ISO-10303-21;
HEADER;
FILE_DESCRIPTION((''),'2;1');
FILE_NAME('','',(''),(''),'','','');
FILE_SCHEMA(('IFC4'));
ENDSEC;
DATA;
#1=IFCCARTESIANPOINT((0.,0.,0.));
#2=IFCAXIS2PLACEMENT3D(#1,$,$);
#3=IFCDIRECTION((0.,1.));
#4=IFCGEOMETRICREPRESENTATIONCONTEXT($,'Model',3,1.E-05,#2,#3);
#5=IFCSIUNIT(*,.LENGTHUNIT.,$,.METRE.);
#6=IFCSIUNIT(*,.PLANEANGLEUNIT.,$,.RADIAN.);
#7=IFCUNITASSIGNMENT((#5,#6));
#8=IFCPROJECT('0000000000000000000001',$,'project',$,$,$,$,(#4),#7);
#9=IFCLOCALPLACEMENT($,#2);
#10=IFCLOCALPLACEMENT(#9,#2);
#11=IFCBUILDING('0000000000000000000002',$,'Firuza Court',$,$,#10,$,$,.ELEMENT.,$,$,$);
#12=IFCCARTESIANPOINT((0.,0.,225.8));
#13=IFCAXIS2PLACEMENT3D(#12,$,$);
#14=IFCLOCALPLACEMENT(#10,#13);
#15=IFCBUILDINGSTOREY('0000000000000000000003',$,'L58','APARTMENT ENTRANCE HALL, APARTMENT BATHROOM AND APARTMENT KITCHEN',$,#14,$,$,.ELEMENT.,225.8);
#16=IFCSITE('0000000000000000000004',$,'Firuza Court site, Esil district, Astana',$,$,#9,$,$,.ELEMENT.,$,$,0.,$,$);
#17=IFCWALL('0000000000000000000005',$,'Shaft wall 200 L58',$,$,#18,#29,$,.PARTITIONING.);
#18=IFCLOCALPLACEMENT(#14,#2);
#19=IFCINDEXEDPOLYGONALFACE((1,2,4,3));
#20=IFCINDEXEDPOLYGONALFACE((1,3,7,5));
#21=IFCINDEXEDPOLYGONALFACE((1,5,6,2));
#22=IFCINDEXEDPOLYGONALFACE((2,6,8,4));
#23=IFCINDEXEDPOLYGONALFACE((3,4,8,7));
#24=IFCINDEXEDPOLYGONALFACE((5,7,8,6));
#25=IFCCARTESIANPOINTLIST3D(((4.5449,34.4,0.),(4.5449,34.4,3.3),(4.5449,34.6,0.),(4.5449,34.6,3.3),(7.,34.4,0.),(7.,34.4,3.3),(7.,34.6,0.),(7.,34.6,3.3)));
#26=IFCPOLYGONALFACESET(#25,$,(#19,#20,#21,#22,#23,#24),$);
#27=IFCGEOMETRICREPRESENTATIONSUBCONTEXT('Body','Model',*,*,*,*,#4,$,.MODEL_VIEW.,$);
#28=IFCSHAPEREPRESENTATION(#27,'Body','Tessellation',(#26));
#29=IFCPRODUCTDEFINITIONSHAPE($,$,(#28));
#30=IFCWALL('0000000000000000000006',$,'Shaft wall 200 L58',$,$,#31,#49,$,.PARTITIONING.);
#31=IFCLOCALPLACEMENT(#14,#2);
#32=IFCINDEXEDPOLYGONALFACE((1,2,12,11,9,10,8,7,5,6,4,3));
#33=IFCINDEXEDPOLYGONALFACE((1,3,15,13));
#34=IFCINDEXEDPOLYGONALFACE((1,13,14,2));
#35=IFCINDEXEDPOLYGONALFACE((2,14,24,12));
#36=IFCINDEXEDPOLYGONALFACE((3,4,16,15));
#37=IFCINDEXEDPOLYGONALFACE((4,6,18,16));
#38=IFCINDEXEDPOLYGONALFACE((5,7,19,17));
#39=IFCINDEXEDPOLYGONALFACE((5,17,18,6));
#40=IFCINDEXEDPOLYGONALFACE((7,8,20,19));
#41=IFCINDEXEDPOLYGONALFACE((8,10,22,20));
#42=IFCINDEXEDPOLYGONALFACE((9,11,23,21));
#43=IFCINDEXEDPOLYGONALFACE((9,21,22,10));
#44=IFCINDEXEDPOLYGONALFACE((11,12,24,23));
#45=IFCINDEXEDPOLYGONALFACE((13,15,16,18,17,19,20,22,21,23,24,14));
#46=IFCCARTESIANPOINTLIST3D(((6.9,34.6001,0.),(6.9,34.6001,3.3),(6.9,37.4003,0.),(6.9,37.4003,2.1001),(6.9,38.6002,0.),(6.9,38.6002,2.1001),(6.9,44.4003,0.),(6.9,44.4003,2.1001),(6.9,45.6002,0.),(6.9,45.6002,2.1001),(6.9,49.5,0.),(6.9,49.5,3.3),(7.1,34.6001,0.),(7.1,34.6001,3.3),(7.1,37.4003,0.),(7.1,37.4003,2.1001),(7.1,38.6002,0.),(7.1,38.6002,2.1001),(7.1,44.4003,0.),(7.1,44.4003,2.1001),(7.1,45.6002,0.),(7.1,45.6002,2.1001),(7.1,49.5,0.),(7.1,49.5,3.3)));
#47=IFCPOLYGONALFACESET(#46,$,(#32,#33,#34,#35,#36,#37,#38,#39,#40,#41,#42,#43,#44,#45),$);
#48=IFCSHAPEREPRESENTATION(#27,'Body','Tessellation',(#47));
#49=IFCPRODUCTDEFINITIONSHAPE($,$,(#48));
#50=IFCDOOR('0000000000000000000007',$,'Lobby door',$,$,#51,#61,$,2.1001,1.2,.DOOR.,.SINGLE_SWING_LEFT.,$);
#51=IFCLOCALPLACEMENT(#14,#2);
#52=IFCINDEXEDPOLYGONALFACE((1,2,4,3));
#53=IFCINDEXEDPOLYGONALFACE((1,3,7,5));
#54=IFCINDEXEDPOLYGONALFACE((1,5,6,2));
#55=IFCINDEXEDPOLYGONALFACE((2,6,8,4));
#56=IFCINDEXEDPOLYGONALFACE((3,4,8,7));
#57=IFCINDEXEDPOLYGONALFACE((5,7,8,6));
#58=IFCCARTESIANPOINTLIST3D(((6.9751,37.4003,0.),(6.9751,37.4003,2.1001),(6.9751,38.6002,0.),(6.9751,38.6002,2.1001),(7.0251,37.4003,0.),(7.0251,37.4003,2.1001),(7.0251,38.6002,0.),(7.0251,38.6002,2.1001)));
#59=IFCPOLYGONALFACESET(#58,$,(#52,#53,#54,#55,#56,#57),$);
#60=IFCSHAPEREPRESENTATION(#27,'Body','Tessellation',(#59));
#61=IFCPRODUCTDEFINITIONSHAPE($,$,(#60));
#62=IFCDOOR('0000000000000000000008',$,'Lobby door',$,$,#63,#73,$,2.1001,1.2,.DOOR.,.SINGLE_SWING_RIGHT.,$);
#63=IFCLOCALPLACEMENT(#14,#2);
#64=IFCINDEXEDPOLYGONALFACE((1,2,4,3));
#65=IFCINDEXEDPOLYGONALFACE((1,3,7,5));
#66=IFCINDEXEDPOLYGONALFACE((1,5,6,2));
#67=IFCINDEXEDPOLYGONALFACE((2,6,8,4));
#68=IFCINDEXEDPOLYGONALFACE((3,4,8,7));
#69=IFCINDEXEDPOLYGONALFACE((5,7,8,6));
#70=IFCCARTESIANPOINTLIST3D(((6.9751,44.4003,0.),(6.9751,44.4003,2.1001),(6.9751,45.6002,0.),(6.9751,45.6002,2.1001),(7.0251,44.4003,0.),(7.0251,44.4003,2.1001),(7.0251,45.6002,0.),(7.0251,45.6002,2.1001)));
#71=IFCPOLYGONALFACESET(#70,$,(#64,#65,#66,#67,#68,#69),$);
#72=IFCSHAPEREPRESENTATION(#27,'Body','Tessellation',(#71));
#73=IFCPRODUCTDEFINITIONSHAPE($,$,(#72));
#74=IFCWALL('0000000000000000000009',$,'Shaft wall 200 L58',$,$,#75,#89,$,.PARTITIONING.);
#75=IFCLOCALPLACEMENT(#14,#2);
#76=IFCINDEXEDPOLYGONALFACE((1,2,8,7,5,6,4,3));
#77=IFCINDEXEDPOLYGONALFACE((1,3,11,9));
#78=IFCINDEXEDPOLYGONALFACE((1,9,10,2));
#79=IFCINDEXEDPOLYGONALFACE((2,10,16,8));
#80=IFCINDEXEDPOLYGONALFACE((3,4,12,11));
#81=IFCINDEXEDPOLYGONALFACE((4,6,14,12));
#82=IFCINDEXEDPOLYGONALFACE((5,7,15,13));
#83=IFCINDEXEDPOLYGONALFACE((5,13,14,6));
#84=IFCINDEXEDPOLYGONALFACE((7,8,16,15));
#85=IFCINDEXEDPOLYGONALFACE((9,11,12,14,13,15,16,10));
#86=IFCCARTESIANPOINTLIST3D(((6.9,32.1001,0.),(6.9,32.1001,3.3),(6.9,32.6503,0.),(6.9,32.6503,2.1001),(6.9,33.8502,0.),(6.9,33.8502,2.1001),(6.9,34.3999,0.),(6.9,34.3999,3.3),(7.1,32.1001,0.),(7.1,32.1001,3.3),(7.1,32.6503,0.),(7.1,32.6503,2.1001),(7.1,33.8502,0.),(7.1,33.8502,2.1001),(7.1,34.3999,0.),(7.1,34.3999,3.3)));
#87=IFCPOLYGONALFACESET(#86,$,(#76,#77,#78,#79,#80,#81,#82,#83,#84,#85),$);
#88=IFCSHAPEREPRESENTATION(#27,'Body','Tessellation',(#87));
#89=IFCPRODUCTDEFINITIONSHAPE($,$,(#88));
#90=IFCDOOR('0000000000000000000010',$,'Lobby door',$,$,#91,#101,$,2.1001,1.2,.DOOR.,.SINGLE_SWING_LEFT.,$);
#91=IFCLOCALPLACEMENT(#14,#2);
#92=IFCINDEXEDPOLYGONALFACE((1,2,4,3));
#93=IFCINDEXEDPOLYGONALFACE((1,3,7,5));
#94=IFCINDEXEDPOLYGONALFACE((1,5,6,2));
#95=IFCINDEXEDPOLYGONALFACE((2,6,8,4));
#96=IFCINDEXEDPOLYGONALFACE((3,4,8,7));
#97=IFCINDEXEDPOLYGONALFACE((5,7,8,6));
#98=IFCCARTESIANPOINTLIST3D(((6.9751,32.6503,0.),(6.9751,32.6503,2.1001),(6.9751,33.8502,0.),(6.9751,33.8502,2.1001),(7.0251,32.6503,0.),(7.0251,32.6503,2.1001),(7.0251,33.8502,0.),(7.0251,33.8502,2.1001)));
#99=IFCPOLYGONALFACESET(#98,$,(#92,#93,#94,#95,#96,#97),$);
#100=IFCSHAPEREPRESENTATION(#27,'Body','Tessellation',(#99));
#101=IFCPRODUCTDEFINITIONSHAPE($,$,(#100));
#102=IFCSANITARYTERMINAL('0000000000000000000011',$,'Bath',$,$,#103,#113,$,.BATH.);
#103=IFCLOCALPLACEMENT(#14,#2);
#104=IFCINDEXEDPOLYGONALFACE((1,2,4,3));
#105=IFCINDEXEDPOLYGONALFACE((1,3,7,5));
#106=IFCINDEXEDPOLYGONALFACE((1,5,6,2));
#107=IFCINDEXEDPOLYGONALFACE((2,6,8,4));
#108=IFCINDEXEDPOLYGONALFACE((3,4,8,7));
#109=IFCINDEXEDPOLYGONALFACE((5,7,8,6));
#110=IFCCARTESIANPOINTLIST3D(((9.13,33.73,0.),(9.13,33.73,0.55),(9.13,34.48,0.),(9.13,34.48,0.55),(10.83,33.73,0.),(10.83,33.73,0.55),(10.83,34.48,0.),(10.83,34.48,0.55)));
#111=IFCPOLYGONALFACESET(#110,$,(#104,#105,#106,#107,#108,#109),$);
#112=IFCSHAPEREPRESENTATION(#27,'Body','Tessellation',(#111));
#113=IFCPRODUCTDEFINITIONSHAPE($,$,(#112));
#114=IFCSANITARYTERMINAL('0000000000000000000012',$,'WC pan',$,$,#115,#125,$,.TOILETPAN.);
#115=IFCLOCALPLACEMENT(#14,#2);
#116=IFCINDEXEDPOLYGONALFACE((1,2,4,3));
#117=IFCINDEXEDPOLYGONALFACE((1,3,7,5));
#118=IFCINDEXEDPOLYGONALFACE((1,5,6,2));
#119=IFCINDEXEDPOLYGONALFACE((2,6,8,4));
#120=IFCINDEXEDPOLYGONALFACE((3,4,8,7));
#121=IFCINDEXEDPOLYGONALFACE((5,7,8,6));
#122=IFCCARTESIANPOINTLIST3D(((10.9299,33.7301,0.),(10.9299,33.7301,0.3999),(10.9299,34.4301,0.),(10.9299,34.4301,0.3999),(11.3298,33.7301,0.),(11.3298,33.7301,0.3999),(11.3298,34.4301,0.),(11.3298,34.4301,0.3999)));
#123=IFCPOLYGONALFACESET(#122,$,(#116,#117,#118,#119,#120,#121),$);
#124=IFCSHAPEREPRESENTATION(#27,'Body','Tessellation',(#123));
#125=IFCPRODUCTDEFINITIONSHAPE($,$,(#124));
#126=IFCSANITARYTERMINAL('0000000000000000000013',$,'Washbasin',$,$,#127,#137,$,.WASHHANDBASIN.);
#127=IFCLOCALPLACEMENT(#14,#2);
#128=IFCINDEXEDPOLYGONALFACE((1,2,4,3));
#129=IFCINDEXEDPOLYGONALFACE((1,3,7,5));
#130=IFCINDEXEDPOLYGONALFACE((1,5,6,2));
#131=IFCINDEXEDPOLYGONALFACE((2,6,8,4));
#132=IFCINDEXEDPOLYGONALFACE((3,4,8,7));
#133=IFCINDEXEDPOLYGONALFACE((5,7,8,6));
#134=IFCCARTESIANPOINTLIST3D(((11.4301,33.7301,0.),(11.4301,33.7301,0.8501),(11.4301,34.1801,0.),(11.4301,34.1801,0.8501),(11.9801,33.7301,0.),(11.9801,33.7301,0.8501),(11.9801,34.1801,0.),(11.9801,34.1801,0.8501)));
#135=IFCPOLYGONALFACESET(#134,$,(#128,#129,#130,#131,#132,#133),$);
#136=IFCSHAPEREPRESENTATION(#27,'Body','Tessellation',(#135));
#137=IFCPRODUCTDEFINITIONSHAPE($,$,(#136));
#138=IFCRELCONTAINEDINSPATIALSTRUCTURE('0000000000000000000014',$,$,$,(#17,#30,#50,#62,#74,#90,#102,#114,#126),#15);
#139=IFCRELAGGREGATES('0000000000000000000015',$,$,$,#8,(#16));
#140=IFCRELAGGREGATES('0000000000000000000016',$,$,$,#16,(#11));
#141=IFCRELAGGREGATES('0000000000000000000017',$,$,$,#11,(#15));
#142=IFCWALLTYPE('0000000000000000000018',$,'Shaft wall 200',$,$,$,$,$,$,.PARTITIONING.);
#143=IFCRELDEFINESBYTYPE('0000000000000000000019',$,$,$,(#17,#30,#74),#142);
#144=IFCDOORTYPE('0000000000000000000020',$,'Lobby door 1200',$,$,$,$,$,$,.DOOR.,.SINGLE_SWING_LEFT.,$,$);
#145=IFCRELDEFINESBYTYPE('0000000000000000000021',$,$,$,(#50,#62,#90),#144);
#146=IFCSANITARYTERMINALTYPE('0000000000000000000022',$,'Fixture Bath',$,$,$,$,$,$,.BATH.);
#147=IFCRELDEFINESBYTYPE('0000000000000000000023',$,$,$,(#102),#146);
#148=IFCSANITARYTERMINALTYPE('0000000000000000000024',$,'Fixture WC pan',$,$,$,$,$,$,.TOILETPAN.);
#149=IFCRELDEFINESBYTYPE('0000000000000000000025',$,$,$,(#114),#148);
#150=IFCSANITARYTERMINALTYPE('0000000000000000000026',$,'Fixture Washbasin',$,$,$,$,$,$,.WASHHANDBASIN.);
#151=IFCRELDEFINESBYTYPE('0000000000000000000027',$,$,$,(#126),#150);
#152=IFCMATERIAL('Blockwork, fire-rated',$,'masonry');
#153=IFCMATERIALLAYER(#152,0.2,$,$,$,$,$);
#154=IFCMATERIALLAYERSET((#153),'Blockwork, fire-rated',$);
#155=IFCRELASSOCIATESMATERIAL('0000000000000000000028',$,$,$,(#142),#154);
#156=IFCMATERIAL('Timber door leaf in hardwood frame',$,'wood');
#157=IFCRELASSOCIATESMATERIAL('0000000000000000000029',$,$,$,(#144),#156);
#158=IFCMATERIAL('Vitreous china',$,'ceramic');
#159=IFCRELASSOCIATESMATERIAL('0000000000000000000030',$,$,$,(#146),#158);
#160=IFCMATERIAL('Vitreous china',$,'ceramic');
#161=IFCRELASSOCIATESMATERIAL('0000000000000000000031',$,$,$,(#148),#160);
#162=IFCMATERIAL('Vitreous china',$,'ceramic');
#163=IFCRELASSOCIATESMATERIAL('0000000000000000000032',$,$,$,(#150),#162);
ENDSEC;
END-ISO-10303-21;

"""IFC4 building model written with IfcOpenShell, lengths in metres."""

from ifc_helpers import new_model, si_unit, direction, frame, frame_2d, origin, origin_2d, place, context, subcontext, project, spatial, rectangle, extrude, material, layer, layer_set, type_object, element, fill, save


model = new_model("IFC4")

# Units and contexts
model_context = context("Model", 3, precision=1e-05, world=origin(), true_north=direction((0.0, 1.0)))
body_context = subcontext(model_context, "Body", "Model", "MODEL_VIEW")
ifc_project = project(units=[si_unit("LENGTHUNIT", "METRE"), si_unit("PLANEANGLEUNIT", "RADIAN")], contexts=[model_context])

# Site, building, storey
site_placement = place(None, origin())
site = spatial("IfcSite", under=ifc_project, at=site_placement, Name="Firuza Court site, Esil district, Astana", CompositionType="ELEMENT", RefElevation=0.0)
building_placement = place(site_placement, origin())
building = spatial("IfcBuilding", under=site, at=building_placement, Name="Firuza Court", CompositionType="ELEMENT")
storey_placement = place(building_placement, frame((0.0, 0.0, 225.8)))
storey = spatial("IfcBuildingStorey", under=building, at=storey_placement, Name="L58", Description="APARTMENT ENTRANCE HALL, APARTMENT BATHROOM AND APARTMENT KITCHEN", CompositionType="ELEMENT", Elevation=225.8)

# Wall
ifc_material_1 = material(Name="Blockwork, fire-rated", Category="masonry")
ifc_layer_1 = layer(ifc_material_1, 0.2)
ifc_layer_set_1 = layer_set([ifc_layer_1], Name="Blockwork, fire-rated")
wall_type_1 = type_object("IfcWallType", Name="Shaft wall 200", PredefinedType="PARTITIONING", material=ifc_layer_set_1)
wall_1_placement = place(storey_placement, frame((4.5449, 34.5, 0.0), z_axis=(0.0, 0.0, 1.0), x_axis=(1.0, 0.0, 0.0)))
element("IfcWall", 1, at=wall_1_placement, inside=storey, type_object=wall_type_1, Name="Shaft wall 200 L58", PredefinedType="PARTITIONING", context=body_context, shape_type="SweptSolid", body=[
    extrude(rectangle(XDim=2.4551, YDim=0.2, at=frame_2d((1.2275, 0.0))), origin(), (0.0, 0.0, 1.0), 3.3),
])

# Wall, openings, doors
wall_2_placement = place(storey_placement, frame((7.0, 34.6001, 0.0), z_axis=(0.0, 0.0, 1.0), x_axis=(0.0, 1.0, 0.0)))
wall_2 = element("IfcWall", 2, at=wall_2_placement, inside=storey, type_object=wall_type_1, Name="Shaft wall 200 L58", PredefinedType="PARTITIONING", context=body_context, shape_type="SweptSolid", body=[
    extrude(rectangle(XDim=14.8999, YDim=0.2, at=frame_2d((7.45, 0.0))), origin(), (0.0, 0.0, 1.0), 3.3),
])
opening_1_placement = place(wall_2_placement, frame((2.8, 0.0, 0.0)))
opening_1 = element("IfcOpeningElement", 3, at=opening_1_placement, cuts=wall_2, PredefinedType="OPENING", context=body_context, shape_type="SweptSolid", body=[
    extrude(rectangle(XDim=1.2, YDim=2.1001, at=frame_2d((0.6001, 1.05))), frame((0.0, 0.1118, 0.0), z_axis=(0.0, -1.0, 0.0), x_axis=(1.0, 0.0, 0.0)), (0.0, 0.0, 1.0), 0.2239),
])
opening_2_placement = place(wall_2_placement, frame((9.8, 0.0, 0.0)))
opening_2 = element("IfcOpeningElement", 4, at=opening_2_placement, cuts=wall_2, PredefinedType="OPENING", context=body_context, shape_type="SweptSolid", body=[
    extrude(rectangle(XDim=1.2, YDim=2.1001, at=frame_2d((0.6001, 1.05))), frame((0.0, 0.1118, 0.0), z_axis=(0.0, -1.0, 0.0), x_axis=(1.0, 0.0, 0.0)), (0.0, 0.0, 1.0), 0.2239),
])
ifc_material_2 = material(Name="Timber door leaf in hardwood frame", Category="wood")
door_type_1 = type_object("IfcDoorType", Name="Lobby door 1200", OperationType="SINGLE_SWING_LEFT", PredefinedType="DOOR", material=ifc_material_2)
door_1_placement = place(opening_1_placement, origin())
door_1 = element("IfcDoor", 5, at=door_1_placement, inside=storey, type_object=door_type_1, Name="Lobby door", OperationType="SINGLE_SWING_LEFT", OverallHeight=2.1001, OverallWidth=1.2, PredefinedType="DOOR", context=body_context, shape_type="SweptSolid", body=[
    extrude(rectangle(XDim=1.2, YDim=2.1001, at=frame_2d((0.6001, 1.05))), frame((0.0, 0.0249, 0.0), z_axis=(0.0, -1.0, 0.0), x_axis=(1.0, 0.0, 0.0)), (0.0, 0.0, 1.0), 0.05),
])
fill(opening_1, door_1)
door_2_placement = place(opening_2_placement, origin())
door_2 = element("IfcDoor", 6, at=door_2_placement, inside=storey, type_object=door_type_1, Name="Lobby door", OperationType="SINGLE_SWING_RIGHT", OverallHeight=2.1001, OverallWidth=1.2, PredefinedType="DOOR", context=body_context, shape_type="SweptSolid", body=[
    extrude(rectangle(XDim=1.2, YDim=2.1001, at=frame_2d((0.6001, 1.05))), frame((0.0, 0.0249, 0.0), z_axis=(0.0, -1.0, 0.0), x_axis=(1.0, 0.0, 0.0)), (0.0, 0.0, 1.0), 0.05),
])
fill(opening_2, door_2)

# Wall, opening, door
wall_3_placement = place(storey_placement, frame((7.0, 32.1001, 0.0), z_axis=(0.0, 0.0, 1.0), x_axis=(0.0, 1.0, 0.0)))
wall_3 = element("IfcWall", 7, at=wall_3_placement, inside=storey, type_object=wall_type_1, Name="Shaft wall 200 L58", PredefinedType="PARTITIONING", context=body_context, shape_type="SweptSolid", body=[
    extrude(rectangle(XDim=2.2998, YDim=0.2, at=frame_2d((1.1499, 0.0))), origin(), (0.0, 0.0, 1.0), 3.3),
])
opening_3_placement = place(wall_3_placement, frame((0.55, 0.0, 0.0)))
opening_3 = element("IfcOpeningElement", 8, at=opening_3_placement, cuts=wall_3, PredefinedType="OPENING", context=body_context, shape_type="SweptSolid", body=[
    extrude(rectangle(XDim=1.2, YDim=2.1001, at=frame_2d((0.6001, 1.05))), frame((0.0, 0.1118, 0.0), z_axis=(0.0, -1.0, 0.0), x_axis=(1.0, 0.0, 0.0)), (0.0, 0.0, 1.0), 0.2239),
])
door_3_placement = place(opening_3_placement, origin())
door_3 = element("IfcDoor", 9, at=door_3_placement, inside=storey, type_object=door_type_1, Name="Lobby door", OperationType="SINGLE_SWING_LEFT", OverallHeight=2.1001, OverallWidth=1.2, PredefinedType="DOOR", context=body_context, shape_type="SweptSolid", body=[
    extrude(rectangle(XDim=1.2, YDim=2.1001, at=frame_2d((0.6001, 1.05))), frame((0.0, 0.0249, 0.0), z_axis=(0.0, -1.0, 0.0), x_axis=(1.0, 0.0, 0.0)), (0.0, 0.0, 1.0), 0.05),
])
fill(opening_3, door_3)

# Sanitary terminals
ifc_material_3 = material(Name="Vitreous china", Category="ceramic")
sanitary_terminal_type_1 = type_object("IfcSanitaryTerminalType", Name="Fixture Bath", PredefinedType="BATH", material=ifc_material_3)
sanitary_terminal_1_placement = place(storey_placement, frame((9.98, 34.105, 0.0), z_axis=(0.0, 0.0, 1.0), x_axis=(1.0, 0.0, 0.0)))
element("IfcSanitaryTerminal", 10, at=sanitary_terminal_1_placement, inside=storey, type_object=sanitary_terminal_type_1, Name="Bath", PredefinedType="BATH", context=body_context, shape_type="SweptSolid", body=[
    extrude(rectangle(XDim=1.7, YDim=0.75, at=origin_2d()), origin(), (0.0, 0.0, 1.0), 0.55),
])
ifc_material_4 = material(Name="Vitreous china", Category="ceramic")
sanitary_terminal_type_2 = type_object("IfcSanitaryTerminalType", Name="Fixture WC pan", PredefinedType="TOILETPAN", material=ifc_material_4)
sanitary_terminal_2_placement = place(storey_placement, frame((11.1299, 34.0801, 0.0), z_axis=(0.0, 0.0, 1.0), x_axis=(1.0, 0.0, 0.0)))
element("IfcSanitaryTerminal", 11, at=sanitary_terminal_2_placement, inside=storey, type_object=sanitary_terminal_type_2, Name="WC pan", PredefinedType="TOILETPAN", context=body_context, shape_type="SweptSolid", body=[
    extrude(rectangle(XDim=0.3999, YDim=0.7, at=origin_2d()), origin(), (0.0, 0.0, 1.0), 0.3999),
])
ifc_material_5 = material(Name="Vitreous china", Category="ceramic")
sanitary_terminal_type_3 = type_object("IfcSanitaryTerminalType", Name="Fixture Washbasin", PredefinedType="WASHHANDBASIN", material=ifc_material_5)
sanitary_terminal_3_placement = place(storey_placement, frame((11.7051, 33.9551, 0.0), z_axis=(0.0, 0.0, 1.0), x_axis=(1.0, 0.0, 0.0)))
element("IfcSanitaryTerminal", 12, at=sanitary_terminal_3_placement, inside=storey, type_object=sanitary_terminal_type_3, Name="Washbasin", PredefinedType="WASHHANDBASIN", context=body_context, shape_type="SweptSolid", body=[
    extrude(rectangle(XDim=0.55, YDim=0.45, at=origin_2d()), origin(), (0.0, 0.0, 1.0), 0.8501),
])

save(model, "model.ifc")
